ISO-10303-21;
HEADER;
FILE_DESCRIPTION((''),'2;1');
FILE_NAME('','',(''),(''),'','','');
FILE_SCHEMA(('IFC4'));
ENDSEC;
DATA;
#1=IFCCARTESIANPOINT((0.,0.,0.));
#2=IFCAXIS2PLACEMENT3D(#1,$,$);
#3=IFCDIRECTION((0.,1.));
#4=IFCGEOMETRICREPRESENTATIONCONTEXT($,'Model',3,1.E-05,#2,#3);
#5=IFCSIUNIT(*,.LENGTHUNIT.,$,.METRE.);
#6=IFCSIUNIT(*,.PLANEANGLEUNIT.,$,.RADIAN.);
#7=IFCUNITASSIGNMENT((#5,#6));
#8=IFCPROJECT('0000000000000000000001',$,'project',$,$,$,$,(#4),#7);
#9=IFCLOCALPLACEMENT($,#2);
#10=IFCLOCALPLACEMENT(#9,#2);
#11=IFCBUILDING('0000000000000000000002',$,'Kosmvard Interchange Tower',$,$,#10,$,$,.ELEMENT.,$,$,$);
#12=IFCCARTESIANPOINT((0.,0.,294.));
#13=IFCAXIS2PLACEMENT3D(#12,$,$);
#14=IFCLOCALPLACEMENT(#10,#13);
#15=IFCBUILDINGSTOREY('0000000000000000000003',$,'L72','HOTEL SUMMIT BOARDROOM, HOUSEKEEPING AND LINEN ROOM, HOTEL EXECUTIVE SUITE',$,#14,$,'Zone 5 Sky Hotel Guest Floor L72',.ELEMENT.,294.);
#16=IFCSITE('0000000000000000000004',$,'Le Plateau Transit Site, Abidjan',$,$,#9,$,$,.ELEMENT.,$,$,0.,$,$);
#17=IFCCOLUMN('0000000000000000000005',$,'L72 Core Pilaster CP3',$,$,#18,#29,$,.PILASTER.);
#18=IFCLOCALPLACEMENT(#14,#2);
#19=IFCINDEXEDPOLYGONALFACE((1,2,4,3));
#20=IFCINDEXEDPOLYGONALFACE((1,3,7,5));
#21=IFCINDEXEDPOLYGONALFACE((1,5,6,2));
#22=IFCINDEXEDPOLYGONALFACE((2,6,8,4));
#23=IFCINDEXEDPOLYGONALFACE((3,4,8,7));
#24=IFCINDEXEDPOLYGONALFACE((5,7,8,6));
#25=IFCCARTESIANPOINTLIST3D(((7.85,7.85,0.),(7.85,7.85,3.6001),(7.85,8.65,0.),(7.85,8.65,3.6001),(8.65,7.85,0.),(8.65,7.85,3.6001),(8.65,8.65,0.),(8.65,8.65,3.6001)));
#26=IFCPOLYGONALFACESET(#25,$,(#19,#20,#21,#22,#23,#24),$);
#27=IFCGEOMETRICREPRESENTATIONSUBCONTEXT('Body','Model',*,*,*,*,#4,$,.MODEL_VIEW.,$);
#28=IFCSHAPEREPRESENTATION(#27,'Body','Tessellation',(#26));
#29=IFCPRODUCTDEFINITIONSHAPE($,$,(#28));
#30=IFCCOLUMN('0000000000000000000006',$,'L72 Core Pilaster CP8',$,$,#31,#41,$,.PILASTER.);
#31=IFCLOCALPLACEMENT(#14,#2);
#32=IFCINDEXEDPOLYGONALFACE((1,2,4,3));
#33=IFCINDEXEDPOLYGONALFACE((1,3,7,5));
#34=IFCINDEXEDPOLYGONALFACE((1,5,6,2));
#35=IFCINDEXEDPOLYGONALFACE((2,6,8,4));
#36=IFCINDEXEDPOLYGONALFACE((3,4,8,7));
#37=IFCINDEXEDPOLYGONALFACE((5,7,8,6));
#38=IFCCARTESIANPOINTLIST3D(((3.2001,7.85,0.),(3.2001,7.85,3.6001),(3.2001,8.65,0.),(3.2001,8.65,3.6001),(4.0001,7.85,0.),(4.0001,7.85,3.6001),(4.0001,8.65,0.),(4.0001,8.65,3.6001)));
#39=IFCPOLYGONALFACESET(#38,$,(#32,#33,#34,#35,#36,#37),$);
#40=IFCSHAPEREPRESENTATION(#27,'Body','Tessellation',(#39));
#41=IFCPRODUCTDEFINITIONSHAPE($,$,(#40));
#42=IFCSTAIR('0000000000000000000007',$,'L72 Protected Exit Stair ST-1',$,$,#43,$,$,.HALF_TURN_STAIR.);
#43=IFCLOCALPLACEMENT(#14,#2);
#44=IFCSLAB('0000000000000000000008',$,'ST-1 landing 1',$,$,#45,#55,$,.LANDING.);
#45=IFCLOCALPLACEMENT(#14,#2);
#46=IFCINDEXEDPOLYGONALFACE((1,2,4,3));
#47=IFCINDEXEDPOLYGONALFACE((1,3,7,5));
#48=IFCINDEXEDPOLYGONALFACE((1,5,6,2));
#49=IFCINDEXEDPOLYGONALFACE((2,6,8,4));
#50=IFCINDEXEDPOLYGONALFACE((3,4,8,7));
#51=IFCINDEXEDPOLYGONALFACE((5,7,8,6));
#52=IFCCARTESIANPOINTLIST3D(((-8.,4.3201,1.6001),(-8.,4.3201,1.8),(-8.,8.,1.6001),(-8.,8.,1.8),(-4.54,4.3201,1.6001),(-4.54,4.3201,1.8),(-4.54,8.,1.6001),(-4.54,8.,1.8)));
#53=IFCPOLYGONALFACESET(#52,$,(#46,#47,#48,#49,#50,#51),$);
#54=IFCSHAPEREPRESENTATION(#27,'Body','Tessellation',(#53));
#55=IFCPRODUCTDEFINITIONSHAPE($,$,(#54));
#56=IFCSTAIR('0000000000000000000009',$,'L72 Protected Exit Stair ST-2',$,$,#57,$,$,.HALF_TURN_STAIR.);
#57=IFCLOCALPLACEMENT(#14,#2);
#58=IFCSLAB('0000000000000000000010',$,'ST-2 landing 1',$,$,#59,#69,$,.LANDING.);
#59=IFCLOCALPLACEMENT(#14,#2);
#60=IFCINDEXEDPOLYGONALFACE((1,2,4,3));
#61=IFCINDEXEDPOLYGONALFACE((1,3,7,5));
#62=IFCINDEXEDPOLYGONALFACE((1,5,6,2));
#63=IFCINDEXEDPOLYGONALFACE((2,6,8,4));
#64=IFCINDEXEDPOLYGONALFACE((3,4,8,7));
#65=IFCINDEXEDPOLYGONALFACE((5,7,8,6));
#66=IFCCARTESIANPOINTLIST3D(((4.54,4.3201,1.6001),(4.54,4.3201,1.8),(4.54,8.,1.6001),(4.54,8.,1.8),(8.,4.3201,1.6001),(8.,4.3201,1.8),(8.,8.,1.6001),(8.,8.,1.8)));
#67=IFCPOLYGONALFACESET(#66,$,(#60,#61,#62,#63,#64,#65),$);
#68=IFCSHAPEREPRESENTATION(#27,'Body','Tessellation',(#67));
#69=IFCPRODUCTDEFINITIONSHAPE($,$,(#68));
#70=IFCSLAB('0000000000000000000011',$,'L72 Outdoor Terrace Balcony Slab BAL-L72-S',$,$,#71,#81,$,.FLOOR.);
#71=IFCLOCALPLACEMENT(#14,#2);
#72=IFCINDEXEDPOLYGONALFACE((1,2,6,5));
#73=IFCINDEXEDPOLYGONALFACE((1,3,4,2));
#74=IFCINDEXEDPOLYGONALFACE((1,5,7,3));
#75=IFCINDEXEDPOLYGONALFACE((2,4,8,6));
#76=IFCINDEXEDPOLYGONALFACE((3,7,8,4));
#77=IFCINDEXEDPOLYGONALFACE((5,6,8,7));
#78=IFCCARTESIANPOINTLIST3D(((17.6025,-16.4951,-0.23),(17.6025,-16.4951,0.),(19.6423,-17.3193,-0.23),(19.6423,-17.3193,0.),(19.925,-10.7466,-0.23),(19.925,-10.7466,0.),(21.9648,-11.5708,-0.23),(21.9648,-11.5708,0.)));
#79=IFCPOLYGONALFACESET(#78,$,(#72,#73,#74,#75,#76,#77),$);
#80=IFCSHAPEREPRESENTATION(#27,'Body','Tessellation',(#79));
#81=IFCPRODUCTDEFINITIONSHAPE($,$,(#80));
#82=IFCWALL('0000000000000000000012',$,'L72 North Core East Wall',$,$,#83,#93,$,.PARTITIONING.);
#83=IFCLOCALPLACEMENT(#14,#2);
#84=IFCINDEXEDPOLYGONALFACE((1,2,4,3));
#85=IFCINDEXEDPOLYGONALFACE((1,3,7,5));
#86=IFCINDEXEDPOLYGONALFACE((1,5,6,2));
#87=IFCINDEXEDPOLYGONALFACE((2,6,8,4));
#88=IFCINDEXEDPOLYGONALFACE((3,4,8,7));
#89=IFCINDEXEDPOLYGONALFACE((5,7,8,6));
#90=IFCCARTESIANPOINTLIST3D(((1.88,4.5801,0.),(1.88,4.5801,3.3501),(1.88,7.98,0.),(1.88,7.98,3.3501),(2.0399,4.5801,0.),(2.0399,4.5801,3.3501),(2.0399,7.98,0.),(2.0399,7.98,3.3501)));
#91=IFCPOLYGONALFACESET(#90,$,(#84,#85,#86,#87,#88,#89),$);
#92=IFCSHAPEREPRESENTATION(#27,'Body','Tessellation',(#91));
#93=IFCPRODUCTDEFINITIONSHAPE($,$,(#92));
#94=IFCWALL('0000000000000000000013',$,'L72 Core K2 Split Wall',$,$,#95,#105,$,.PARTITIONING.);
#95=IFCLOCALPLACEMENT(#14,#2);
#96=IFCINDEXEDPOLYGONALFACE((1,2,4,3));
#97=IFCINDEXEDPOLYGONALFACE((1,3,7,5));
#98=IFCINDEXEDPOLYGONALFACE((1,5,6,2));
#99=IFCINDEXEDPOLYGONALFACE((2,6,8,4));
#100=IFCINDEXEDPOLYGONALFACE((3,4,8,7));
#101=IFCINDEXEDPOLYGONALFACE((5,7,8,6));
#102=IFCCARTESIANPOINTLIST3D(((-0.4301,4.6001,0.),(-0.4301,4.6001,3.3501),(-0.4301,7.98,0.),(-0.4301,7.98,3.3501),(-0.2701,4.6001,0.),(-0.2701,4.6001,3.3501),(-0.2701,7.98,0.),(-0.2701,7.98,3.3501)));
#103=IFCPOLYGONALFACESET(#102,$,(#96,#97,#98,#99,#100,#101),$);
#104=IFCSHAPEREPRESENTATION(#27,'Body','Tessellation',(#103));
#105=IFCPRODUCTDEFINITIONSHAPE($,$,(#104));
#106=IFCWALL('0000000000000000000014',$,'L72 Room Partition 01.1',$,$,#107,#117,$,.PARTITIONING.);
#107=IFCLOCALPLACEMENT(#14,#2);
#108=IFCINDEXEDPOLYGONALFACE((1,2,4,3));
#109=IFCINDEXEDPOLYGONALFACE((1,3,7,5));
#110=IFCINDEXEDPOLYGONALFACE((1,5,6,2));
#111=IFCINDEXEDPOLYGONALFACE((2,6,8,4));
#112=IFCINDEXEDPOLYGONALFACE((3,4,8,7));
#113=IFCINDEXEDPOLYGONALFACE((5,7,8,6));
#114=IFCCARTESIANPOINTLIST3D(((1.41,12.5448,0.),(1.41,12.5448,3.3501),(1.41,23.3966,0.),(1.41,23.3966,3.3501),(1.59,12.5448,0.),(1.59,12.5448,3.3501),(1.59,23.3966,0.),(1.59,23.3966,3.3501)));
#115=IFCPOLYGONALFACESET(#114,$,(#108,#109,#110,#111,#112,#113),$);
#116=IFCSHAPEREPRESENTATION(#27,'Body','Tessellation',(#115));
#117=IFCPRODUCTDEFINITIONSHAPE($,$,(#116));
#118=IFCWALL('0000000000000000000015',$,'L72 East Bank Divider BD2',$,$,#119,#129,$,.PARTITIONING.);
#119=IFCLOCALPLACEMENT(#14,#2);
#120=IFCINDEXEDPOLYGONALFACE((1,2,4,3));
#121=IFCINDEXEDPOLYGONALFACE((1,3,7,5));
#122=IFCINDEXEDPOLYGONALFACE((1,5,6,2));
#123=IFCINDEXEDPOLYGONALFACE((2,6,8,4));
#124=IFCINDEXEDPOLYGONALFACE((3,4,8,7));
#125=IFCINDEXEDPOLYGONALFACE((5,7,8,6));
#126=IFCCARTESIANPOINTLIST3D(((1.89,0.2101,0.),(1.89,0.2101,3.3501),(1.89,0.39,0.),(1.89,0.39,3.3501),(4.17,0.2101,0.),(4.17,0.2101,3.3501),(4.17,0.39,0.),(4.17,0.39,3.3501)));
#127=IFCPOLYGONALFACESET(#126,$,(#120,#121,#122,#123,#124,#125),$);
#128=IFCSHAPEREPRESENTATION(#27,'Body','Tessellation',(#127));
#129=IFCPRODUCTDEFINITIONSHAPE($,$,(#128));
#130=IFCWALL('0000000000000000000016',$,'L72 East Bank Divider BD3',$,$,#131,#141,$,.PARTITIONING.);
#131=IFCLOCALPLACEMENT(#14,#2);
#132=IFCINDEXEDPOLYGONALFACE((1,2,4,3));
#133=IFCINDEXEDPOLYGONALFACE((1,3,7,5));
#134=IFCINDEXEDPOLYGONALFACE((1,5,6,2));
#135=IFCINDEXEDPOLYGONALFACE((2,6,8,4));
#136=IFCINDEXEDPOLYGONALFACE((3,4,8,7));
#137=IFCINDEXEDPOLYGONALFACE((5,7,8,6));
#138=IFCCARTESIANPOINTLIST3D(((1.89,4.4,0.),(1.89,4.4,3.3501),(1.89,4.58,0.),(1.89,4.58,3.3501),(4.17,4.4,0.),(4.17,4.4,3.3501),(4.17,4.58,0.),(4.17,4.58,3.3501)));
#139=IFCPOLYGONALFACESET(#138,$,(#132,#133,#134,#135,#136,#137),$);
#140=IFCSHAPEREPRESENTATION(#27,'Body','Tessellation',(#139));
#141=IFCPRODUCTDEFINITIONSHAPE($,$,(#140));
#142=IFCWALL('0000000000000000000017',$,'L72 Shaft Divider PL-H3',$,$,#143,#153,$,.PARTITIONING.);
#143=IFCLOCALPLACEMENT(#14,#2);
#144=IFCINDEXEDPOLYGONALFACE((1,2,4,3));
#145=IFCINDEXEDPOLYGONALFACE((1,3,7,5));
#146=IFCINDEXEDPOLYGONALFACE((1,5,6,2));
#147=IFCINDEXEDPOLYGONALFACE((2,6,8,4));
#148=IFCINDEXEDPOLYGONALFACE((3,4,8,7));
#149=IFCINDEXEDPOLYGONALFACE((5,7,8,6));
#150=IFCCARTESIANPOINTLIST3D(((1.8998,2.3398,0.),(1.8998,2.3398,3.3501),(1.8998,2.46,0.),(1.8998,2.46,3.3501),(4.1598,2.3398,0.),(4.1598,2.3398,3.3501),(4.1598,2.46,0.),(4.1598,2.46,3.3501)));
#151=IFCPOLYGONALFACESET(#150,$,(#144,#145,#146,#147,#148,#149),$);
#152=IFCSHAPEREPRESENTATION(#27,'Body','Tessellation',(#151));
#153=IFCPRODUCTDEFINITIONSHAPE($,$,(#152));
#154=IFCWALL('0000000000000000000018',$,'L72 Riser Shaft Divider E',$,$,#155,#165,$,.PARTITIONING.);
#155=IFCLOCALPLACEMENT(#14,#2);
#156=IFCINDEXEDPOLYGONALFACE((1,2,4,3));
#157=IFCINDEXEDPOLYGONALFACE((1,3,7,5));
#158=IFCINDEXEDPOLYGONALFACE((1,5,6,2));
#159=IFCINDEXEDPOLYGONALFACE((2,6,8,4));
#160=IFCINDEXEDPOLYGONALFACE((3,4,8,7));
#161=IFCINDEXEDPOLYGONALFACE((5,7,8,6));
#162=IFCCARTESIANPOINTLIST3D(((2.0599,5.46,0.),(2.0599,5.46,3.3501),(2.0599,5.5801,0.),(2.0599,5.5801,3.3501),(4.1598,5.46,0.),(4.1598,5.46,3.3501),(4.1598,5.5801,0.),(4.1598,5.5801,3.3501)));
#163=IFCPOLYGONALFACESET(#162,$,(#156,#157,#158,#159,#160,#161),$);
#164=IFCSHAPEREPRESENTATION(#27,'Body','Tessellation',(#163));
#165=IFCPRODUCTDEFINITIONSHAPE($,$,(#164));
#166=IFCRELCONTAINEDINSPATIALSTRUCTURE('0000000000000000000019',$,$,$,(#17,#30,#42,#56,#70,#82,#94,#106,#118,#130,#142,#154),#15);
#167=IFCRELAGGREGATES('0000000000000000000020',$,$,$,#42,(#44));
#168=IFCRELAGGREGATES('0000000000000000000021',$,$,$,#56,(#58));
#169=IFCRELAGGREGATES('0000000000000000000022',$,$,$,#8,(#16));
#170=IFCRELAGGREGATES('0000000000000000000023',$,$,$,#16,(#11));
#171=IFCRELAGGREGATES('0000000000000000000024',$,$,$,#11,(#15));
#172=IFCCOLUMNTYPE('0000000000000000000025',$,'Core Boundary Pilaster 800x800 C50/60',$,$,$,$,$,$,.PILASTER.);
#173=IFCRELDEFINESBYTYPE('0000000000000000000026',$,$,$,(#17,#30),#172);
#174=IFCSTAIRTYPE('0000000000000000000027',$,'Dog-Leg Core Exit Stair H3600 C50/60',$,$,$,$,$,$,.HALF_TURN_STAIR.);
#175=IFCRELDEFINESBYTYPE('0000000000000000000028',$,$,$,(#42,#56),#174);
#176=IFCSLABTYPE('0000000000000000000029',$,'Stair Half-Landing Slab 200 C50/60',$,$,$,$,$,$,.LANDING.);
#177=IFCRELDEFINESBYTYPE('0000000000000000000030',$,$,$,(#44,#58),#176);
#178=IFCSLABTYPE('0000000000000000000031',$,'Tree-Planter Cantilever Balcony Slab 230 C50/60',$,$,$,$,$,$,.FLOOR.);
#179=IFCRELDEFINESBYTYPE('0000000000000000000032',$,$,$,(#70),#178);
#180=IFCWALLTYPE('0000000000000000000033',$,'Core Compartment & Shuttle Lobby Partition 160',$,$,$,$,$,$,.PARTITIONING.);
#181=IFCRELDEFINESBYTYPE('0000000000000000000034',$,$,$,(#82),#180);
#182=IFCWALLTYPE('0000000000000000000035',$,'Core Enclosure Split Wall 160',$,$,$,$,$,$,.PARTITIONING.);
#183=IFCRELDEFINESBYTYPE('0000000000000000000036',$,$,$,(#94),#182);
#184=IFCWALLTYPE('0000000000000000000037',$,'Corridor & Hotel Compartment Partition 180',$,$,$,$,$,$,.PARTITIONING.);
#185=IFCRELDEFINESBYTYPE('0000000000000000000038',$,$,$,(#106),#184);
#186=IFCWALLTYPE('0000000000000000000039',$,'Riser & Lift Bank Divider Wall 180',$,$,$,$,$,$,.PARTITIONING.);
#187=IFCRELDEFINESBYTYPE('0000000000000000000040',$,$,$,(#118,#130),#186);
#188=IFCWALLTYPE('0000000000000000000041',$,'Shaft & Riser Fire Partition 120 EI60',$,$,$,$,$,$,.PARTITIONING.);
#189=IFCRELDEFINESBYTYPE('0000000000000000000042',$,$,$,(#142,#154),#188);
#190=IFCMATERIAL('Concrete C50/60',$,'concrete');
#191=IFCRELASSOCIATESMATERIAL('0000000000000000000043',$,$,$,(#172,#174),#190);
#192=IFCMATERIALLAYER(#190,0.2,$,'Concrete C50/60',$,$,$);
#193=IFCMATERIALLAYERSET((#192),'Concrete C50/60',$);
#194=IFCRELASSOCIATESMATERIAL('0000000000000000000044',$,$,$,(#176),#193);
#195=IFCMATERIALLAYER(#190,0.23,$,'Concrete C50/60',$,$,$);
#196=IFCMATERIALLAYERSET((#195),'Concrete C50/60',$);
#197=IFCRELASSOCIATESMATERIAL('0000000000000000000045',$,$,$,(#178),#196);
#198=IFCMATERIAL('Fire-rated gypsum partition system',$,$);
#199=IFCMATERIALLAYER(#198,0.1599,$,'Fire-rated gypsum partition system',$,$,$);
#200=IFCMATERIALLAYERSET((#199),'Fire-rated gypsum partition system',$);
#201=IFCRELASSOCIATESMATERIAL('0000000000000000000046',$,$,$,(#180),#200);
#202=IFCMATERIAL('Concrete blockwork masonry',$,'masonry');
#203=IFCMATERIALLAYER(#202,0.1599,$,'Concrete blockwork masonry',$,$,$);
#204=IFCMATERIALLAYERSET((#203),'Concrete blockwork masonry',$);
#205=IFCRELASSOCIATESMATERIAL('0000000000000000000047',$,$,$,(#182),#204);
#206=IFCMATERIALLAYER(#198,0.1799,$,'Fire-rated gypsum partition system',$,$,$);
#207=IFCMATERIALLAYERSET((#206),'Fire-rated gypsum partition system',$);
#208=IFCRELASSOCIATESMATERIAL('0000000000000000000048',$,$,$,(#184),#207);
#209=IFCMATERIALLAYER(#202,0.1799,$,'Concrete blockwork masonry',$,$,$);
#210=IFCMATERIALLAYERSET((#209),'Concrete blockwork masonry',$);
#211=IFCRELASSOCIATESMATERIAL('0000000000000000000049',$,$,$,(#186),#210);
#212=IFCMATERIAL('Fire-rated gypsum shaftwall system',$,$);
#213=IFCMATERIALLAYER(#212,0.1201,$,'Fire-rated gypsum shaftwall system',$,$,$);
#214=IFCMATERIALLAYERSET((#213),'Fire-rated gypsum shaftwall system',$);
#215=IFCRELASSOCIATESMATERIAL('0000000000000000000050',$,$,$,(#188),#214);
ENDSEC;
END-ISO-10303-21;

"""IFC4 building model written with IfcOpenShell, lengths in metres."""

from ifc_helpers import new_model, si_unit, direction, frame, frame_2d, origin, origin_2d, place, context, subcontext, project, spatial, polyline, rectangle, outline, extrude, source, transform, mapped, material, layer, layer_set, material_profile, profile_set, type_object, element, aggregate, save


model = new_model("IFC4")

# Units and contexts
model_context = context("Model", 3, precision=1e-05, world=origin(), true_north=direction((0.0, 1.0)))
body_context = subcontext(model_context, "Body", "Model", "MODEL_VIEW")
ifc_project = project(units=[si_unit("LENGTHUNIT", "METRE"), si_unit("PLANEANGLEUNIT", "RADIAN")], contexts=[model_context])

# Site, building, storey
site_placement = place(None, origin())
site = spatial("IfcSite", under=ifc_project, at=site_placement, Name="Le Plateau Transit Site, Abidjan", CompositionType="ELEMENT", RefElevation=0.0)
building_placement = place(site_placement, origin())
building = spatial("IfcBuilding", under=site, at=building_placement, Name="Kosmvard Interchange Tower", CompositionType="ELEMENT")
storey_placement = place(building_placement, frame((0.0, 0.0, 294.0)))
storey = spatial("IfcBuildingStorey", under=building, at=storey_placement, Name="L72", Description="HOTEL SUMMIT BOARDROOM, HOUSEKEEPING AND LINEN ROOM, HOTEL EXECUTIVE SUITE", LongName="Zone 5 Sky Hotel Guest Floor L72", CompositionType="ELEMENT", Elevation=294.0)

# Columns
ifc_material_1 = material(Name="Concrete C50/60", Category="concrete")
ifc_material_profile = material_profile(ifc_material_1, rectangle(XDim=0.8, YDim=0.8, at=origin_2d()), Name="CP 800x800")
ifc_profile_set = profile_set([ifc_material_profile], Name="Concrete C50/60")
column_type = type_object("IfcColumnType", Name="Core Boundary Pilaster 800x800 C50/60", PredefinedType="PILASTER", material=ifc_profile_set)
shared_shape_1 = source(origin(), body_context, "Body", "SweptSolid", [
    extrude(rectangle(XDim=0.8, YDim=0.8, at=origin_2d()), origin(), (0.0, 0.0, 1.0), 3.6001),
])
for number, where, z_axis, x_axis, name in (
    (1, (8.25, 8.25, 0.0), (0.0, 0.0, 1.0), (1.0, 0.0, 0.0), "L72 Core Pilaster CP3"),
    (2, (3.6001, 8.25, 0.0), (0.0, 0.0, 1.0), (1.0, 0.0, 0.0), "L72 Core Pilaster CP8"),
):
    element("IfcColumn", number, at=place(storey_placement, frame(where, z_axis=z_axis, x_axis=x_axis)), inside=storey, type_object=column_type, Name=name, PredefinedType="PILASTER", context=body_context, shape_type="MappedRepresentation", body=[
        mapped(shared_shape_1, transform((0.0, 0.0, 0.0), scale=1.0)),
    ])

# Stairs, slabs
stair_type = type_object("IfcStairType", Name="Dog-Leg Core Exit Stair H3600 C50/60", PredefinedType="HALF_TURN_STAIR", material=ifc_material_1)
stair_1_placement = place(storey_placement, origin())
stair_1 = element("IfcStair", 3, at=stair_1_placement, inside=storey, type_object=stair_type, Name="L72 Protected Exit Stair ST-1", PredefinedType="HALF_TURN_STAIR")
ifc_layer_1 = layer(ifc_material_1, 0.2, Name="Concrete C50/60")
ifc_layer_set_1 = layer_set([ifc_layer_1], Name="Concrete C50/60")
slab_type_1 = type_object("IfcSlabType", Name="Stair Half-Landing Slab 200 C50/60", PredefinedType="LANDING", material=ifc_layer_set_1)
slab_1_placement = place(storey_placement, frame((0.0, 0.0, 1.6001)))
slab_1 = element("IfcSlab", 4, at=slab_1_placement, type_object=slab_type_1, Name="ST-1 landing 1", PredefinedType="LANDING", context=body_context, shape_type="SweptSolid", body=[
    extrude(outline(polyline([(-4.54, 4.3201), (-4.54, 8.0), (-8.0, 8.0), (-8.0, 4.3201), (-4.54, 4.3201)])), origin(), (0.0, 0.0, 1.0), 0.2),
])
aggregate(stair_1, [slab_1])
stair_2_placement = place(storey_placement, origin())
stair_2 = element("IfcStair", 5, at=stair_2_placement, inside=storey, type_object=stair_type, Name="L72 Protected Exit Stair ST-2", PredefinedType="HALF_TURN_STAIR")
slab_2_placement = place(storey_placement, frame((0.0, 0.0, 1.6001)))
slab_2 = element("IfcSlab", 6, at=slab_2_placement, type_object=slab_type_1, Name="ST-2 landing 1", PredefinedType="LANDING", context=body_context, shape_type="SweptSolid", body=[
    extrude(outline(polyline([(8.0, 4.3201), (8.0, 8.0), (4.54, 8.0), (4.54, 4.3201), (8.0, 4.3201)])), origin(), (0.0, 0.0, 1.0), 0.2),
])

# Slab
ifc_layer_2 = layer(ifc_material_1, 0.23, Name="Concrete C50/60")
ifc_layer_set_2 = layer_set([ifc_layer_2], Name="Concrete C50/60")
slab_type_2 = type_object("IfcSlabType", Name="Tree-Planter Cantilever Balcony Slab 230 C50/60", PredefinedType="FLOOR", material=ifc_layer_set_2)
slab_3_placement = place(storey_placement, frame((0.0, 0.0, -0.23)))
element("IfcSlab", 7, at=slab_3_placement, inside=storey, type_object=slab_type_2, Name="L72 Outdoor Terrace Balcony Slab BAL-L72-S", PredefinedType="FLOOR", context=body_context, shape_type="SweptSolid", body=[
    extrude(outline(polyline([(19.6423, -17.3193), (21.9648, -11.5708), (19.925, -10.7466), (17.6025, -16.4951), (19.6423, -17.3193)])), origin(), (0.0, 0.0, 1.0), 0.23),
])

# Walls
ifc_material_2 = material(Name="Fire-rated gypsum partition system")
ifc_layer_3 = layer(ifc_material_2, 0.1599, Name="Fire-rated gypsum partition system")
ifc_layer_set_3 = layer_set([ifc_layer_3], Name="Fire-rated gypsum partition system")
wall_type_1 = type_object("IfcWallType", Name="Core Compartment & Shuttle Lobby Partition 160", PredefinedType="PARTITIONING", material=ifc_layer_set_3)
wall_1_placement = place(storey_placement, frame((1.96, 4.5801, 0.0), z_axis=(0.0, 0.0, 1.0), x_axis=(0.0, 1.0, 0.0)))
element("IfcWall", 8, at=wall_1_placement, inside=storey, type_object=wall_type_1, Name="L72 North Core East Wall", PredefinedType="PARTITIONING", context=body_context, shape_type="SweptSolid", body=[
    extrude(rectangle(XDim=3.3999, YDim=0.1599, at=frame_2d((1.7, 0.0))), origin(), (0.0, 0.0, 1.0), 3.3501),
])
ifc_material_3 = material(Name="Concrete blockwork masonry", Category="masonry")
ifc_layer_4 = layer(ifc_material_3, 0.1599, Name="Concrete blockwork masonry")
ifc_layer_set_4 = layer_set([ifc_layer_4], Name="Concrete blockwork masonry")
wall_type_2 = type_object("IfcWallType", Name="Core Enclosure Split Wall 160", PredefinedType="PARTITIONING", material=ifc_layer_set_4)
wall_2_placement = place(storey_placement, frame((-0.3501, 4.6001, 0.0), z_axis=(0.0, 0.0, 1.0), x_axis=(0.0, 1.0, 0.0)))
element("IfcWall", 9, at=wall_2_placement, inside=storey, type_object=wall_type_2, Name="L72 Core K2 Split Wall", PredefinedType="PARTITIONING", context=body_context, shape_type="SweptSolid", body=[
    extrude(rectangle(XDim=3.3799, YDim=0.1599, at=frame_2d((1.6899, 0.0))), origin(), (0.0, 0.0, 1.0), 3.3501),
])
ifc_layer_5 = layer(ifc_material_2, 0.1799, Name="Fire-rated gypsum partition system")
ifc_layer_set_5 = layer_set([ifc_layer_5], Name="Fire-rated gypsum partition system")
wall_type_3 = type_object("IfcWallType", Name="Corridor & Hotel Compartment Partition 180", PredefinedType="PARTITIONING", material=ifc_layer_set_5)
wall_3_placement = place(storey_placement, frame((1.5, 12.5449, 0.0), z_axis=(0.0, 0.0, 1.0), x_axis=(0.0, 1.0, 0.0)))
element("IfcWall", 10, at=wall_3_placement, inside=storey, type_object=wall_type_3, Name="L72 Room Partition 01.1", PredefinedType="PARTITIONING", context=body_context, shape_type="SweptSolid", body=[
    extrude(rectangle(XDim=10.8518, YDim=0.1799, at=frame_2d((5.4258, 0.0))), origin(), (0.0, 0.0, 1.0), 3.3501),
])
ifc_layer_6 = layer(ifc_material_3, 0.1799, Name="Concrete blockwork masonry")
ifc_layer_set_6 = layer_set([ifc_layer_6], Name="Concrete blockwork masonry")
wall_type_4 = type_object("IfcWallType", Name="Riser & Lift Bank Divider Wall 180", PredefinedType="PARTITIONING", material=ifc_layer_set_6)
for number, where, z_axis, x_axis, name in (
    (11, (1.8899, 0.3, 0.0), (0.0, 0.0, 1.0), (1.0, 0.0, 0.0), "L72 East Bank Divider BD2"),
    (12, (1.8899, 4.49, 0.0), (0.0, 0.0, 1.0), (1.0, 0.0, 0.0), "L72 East Bank Divider BD3"),
):
    element("IfcWall", number, at=place(storey_placement, frame(where, z_axis=z_axis, x_axis=x_axis)), inside=storey, type_object=wall_type_4, Name=name, PredefinedType="PARTITIONING", context=body_context, shape_type="SweptSolid", body=[
        extrude(rectangle(XDim=2.28, YDim=0.1799, at=frame_2d((1.1401, 0.0))), origin(), (0.0, 0.0, 1.0), 3.3501),
    ])
ifc_material_4 = material(Name="Fire-rated gypsum shaftwall system")
ifc_layer_7 = layer(ifc_material_4, 0.1201, Name="Fire-rated gypsum shaftwall system")
ifc_layer_set_7 = layer_set([ifc_layer_7], Name="Fire-rated gypsum shaftwall system")
wall_type_5 = type_object("IfcWallType", Name="Shaft & Riser Fire Partition 120 EI60", PredefinedType="PARTITIONING", material=ifc_layer_set_7)
wall_4_placement = place(storey_placement, frame((1.8999, 2.3999, 0.0), z_axis=(0.0, 0.0, 1.0), x_axis=(1.0, 0.0, 0.0)))
element("IfcWall", 13, at=wall_4_placement, inside=storey, type_object=wall_type_5, Name="L72 Shaft Divider PL-H3", PredefinedType="PARTITIONING", context=body_context, shape_type="SweptSolid", body=[
    extrude(rectangle(XDim=2.26, YDim=0.1201, at=frame_2d((1.1299, 0.0))), origin(), (0.0, 0.0, 1.0), 3.3501),
])
wall_5_placement = place(storey_placement, frame((2.0601, 5.52, 0.0), z_axis=(0.0, 0.0, 1.0), x_axis=(1.0, 0.0, 0.0)))
element("IfcWall", 14, at=wall_5_placement, inside=storey, type_object=wall_type_5, Name="L72 Riser Shaft Divider E", PredefinedType="PARTITIONING", context=body_context, shape_type="SweptSolid", body=[
    extrude(rectangle(XDim=2.0999, YDim=0.1201, at=frame_2d((1.0498, 0.0))), origin(), (0.0, 0.0, 1.0), 3.3501),
])

aggregate(stair_2, [slab_2])

save(model, "model.ifc")
